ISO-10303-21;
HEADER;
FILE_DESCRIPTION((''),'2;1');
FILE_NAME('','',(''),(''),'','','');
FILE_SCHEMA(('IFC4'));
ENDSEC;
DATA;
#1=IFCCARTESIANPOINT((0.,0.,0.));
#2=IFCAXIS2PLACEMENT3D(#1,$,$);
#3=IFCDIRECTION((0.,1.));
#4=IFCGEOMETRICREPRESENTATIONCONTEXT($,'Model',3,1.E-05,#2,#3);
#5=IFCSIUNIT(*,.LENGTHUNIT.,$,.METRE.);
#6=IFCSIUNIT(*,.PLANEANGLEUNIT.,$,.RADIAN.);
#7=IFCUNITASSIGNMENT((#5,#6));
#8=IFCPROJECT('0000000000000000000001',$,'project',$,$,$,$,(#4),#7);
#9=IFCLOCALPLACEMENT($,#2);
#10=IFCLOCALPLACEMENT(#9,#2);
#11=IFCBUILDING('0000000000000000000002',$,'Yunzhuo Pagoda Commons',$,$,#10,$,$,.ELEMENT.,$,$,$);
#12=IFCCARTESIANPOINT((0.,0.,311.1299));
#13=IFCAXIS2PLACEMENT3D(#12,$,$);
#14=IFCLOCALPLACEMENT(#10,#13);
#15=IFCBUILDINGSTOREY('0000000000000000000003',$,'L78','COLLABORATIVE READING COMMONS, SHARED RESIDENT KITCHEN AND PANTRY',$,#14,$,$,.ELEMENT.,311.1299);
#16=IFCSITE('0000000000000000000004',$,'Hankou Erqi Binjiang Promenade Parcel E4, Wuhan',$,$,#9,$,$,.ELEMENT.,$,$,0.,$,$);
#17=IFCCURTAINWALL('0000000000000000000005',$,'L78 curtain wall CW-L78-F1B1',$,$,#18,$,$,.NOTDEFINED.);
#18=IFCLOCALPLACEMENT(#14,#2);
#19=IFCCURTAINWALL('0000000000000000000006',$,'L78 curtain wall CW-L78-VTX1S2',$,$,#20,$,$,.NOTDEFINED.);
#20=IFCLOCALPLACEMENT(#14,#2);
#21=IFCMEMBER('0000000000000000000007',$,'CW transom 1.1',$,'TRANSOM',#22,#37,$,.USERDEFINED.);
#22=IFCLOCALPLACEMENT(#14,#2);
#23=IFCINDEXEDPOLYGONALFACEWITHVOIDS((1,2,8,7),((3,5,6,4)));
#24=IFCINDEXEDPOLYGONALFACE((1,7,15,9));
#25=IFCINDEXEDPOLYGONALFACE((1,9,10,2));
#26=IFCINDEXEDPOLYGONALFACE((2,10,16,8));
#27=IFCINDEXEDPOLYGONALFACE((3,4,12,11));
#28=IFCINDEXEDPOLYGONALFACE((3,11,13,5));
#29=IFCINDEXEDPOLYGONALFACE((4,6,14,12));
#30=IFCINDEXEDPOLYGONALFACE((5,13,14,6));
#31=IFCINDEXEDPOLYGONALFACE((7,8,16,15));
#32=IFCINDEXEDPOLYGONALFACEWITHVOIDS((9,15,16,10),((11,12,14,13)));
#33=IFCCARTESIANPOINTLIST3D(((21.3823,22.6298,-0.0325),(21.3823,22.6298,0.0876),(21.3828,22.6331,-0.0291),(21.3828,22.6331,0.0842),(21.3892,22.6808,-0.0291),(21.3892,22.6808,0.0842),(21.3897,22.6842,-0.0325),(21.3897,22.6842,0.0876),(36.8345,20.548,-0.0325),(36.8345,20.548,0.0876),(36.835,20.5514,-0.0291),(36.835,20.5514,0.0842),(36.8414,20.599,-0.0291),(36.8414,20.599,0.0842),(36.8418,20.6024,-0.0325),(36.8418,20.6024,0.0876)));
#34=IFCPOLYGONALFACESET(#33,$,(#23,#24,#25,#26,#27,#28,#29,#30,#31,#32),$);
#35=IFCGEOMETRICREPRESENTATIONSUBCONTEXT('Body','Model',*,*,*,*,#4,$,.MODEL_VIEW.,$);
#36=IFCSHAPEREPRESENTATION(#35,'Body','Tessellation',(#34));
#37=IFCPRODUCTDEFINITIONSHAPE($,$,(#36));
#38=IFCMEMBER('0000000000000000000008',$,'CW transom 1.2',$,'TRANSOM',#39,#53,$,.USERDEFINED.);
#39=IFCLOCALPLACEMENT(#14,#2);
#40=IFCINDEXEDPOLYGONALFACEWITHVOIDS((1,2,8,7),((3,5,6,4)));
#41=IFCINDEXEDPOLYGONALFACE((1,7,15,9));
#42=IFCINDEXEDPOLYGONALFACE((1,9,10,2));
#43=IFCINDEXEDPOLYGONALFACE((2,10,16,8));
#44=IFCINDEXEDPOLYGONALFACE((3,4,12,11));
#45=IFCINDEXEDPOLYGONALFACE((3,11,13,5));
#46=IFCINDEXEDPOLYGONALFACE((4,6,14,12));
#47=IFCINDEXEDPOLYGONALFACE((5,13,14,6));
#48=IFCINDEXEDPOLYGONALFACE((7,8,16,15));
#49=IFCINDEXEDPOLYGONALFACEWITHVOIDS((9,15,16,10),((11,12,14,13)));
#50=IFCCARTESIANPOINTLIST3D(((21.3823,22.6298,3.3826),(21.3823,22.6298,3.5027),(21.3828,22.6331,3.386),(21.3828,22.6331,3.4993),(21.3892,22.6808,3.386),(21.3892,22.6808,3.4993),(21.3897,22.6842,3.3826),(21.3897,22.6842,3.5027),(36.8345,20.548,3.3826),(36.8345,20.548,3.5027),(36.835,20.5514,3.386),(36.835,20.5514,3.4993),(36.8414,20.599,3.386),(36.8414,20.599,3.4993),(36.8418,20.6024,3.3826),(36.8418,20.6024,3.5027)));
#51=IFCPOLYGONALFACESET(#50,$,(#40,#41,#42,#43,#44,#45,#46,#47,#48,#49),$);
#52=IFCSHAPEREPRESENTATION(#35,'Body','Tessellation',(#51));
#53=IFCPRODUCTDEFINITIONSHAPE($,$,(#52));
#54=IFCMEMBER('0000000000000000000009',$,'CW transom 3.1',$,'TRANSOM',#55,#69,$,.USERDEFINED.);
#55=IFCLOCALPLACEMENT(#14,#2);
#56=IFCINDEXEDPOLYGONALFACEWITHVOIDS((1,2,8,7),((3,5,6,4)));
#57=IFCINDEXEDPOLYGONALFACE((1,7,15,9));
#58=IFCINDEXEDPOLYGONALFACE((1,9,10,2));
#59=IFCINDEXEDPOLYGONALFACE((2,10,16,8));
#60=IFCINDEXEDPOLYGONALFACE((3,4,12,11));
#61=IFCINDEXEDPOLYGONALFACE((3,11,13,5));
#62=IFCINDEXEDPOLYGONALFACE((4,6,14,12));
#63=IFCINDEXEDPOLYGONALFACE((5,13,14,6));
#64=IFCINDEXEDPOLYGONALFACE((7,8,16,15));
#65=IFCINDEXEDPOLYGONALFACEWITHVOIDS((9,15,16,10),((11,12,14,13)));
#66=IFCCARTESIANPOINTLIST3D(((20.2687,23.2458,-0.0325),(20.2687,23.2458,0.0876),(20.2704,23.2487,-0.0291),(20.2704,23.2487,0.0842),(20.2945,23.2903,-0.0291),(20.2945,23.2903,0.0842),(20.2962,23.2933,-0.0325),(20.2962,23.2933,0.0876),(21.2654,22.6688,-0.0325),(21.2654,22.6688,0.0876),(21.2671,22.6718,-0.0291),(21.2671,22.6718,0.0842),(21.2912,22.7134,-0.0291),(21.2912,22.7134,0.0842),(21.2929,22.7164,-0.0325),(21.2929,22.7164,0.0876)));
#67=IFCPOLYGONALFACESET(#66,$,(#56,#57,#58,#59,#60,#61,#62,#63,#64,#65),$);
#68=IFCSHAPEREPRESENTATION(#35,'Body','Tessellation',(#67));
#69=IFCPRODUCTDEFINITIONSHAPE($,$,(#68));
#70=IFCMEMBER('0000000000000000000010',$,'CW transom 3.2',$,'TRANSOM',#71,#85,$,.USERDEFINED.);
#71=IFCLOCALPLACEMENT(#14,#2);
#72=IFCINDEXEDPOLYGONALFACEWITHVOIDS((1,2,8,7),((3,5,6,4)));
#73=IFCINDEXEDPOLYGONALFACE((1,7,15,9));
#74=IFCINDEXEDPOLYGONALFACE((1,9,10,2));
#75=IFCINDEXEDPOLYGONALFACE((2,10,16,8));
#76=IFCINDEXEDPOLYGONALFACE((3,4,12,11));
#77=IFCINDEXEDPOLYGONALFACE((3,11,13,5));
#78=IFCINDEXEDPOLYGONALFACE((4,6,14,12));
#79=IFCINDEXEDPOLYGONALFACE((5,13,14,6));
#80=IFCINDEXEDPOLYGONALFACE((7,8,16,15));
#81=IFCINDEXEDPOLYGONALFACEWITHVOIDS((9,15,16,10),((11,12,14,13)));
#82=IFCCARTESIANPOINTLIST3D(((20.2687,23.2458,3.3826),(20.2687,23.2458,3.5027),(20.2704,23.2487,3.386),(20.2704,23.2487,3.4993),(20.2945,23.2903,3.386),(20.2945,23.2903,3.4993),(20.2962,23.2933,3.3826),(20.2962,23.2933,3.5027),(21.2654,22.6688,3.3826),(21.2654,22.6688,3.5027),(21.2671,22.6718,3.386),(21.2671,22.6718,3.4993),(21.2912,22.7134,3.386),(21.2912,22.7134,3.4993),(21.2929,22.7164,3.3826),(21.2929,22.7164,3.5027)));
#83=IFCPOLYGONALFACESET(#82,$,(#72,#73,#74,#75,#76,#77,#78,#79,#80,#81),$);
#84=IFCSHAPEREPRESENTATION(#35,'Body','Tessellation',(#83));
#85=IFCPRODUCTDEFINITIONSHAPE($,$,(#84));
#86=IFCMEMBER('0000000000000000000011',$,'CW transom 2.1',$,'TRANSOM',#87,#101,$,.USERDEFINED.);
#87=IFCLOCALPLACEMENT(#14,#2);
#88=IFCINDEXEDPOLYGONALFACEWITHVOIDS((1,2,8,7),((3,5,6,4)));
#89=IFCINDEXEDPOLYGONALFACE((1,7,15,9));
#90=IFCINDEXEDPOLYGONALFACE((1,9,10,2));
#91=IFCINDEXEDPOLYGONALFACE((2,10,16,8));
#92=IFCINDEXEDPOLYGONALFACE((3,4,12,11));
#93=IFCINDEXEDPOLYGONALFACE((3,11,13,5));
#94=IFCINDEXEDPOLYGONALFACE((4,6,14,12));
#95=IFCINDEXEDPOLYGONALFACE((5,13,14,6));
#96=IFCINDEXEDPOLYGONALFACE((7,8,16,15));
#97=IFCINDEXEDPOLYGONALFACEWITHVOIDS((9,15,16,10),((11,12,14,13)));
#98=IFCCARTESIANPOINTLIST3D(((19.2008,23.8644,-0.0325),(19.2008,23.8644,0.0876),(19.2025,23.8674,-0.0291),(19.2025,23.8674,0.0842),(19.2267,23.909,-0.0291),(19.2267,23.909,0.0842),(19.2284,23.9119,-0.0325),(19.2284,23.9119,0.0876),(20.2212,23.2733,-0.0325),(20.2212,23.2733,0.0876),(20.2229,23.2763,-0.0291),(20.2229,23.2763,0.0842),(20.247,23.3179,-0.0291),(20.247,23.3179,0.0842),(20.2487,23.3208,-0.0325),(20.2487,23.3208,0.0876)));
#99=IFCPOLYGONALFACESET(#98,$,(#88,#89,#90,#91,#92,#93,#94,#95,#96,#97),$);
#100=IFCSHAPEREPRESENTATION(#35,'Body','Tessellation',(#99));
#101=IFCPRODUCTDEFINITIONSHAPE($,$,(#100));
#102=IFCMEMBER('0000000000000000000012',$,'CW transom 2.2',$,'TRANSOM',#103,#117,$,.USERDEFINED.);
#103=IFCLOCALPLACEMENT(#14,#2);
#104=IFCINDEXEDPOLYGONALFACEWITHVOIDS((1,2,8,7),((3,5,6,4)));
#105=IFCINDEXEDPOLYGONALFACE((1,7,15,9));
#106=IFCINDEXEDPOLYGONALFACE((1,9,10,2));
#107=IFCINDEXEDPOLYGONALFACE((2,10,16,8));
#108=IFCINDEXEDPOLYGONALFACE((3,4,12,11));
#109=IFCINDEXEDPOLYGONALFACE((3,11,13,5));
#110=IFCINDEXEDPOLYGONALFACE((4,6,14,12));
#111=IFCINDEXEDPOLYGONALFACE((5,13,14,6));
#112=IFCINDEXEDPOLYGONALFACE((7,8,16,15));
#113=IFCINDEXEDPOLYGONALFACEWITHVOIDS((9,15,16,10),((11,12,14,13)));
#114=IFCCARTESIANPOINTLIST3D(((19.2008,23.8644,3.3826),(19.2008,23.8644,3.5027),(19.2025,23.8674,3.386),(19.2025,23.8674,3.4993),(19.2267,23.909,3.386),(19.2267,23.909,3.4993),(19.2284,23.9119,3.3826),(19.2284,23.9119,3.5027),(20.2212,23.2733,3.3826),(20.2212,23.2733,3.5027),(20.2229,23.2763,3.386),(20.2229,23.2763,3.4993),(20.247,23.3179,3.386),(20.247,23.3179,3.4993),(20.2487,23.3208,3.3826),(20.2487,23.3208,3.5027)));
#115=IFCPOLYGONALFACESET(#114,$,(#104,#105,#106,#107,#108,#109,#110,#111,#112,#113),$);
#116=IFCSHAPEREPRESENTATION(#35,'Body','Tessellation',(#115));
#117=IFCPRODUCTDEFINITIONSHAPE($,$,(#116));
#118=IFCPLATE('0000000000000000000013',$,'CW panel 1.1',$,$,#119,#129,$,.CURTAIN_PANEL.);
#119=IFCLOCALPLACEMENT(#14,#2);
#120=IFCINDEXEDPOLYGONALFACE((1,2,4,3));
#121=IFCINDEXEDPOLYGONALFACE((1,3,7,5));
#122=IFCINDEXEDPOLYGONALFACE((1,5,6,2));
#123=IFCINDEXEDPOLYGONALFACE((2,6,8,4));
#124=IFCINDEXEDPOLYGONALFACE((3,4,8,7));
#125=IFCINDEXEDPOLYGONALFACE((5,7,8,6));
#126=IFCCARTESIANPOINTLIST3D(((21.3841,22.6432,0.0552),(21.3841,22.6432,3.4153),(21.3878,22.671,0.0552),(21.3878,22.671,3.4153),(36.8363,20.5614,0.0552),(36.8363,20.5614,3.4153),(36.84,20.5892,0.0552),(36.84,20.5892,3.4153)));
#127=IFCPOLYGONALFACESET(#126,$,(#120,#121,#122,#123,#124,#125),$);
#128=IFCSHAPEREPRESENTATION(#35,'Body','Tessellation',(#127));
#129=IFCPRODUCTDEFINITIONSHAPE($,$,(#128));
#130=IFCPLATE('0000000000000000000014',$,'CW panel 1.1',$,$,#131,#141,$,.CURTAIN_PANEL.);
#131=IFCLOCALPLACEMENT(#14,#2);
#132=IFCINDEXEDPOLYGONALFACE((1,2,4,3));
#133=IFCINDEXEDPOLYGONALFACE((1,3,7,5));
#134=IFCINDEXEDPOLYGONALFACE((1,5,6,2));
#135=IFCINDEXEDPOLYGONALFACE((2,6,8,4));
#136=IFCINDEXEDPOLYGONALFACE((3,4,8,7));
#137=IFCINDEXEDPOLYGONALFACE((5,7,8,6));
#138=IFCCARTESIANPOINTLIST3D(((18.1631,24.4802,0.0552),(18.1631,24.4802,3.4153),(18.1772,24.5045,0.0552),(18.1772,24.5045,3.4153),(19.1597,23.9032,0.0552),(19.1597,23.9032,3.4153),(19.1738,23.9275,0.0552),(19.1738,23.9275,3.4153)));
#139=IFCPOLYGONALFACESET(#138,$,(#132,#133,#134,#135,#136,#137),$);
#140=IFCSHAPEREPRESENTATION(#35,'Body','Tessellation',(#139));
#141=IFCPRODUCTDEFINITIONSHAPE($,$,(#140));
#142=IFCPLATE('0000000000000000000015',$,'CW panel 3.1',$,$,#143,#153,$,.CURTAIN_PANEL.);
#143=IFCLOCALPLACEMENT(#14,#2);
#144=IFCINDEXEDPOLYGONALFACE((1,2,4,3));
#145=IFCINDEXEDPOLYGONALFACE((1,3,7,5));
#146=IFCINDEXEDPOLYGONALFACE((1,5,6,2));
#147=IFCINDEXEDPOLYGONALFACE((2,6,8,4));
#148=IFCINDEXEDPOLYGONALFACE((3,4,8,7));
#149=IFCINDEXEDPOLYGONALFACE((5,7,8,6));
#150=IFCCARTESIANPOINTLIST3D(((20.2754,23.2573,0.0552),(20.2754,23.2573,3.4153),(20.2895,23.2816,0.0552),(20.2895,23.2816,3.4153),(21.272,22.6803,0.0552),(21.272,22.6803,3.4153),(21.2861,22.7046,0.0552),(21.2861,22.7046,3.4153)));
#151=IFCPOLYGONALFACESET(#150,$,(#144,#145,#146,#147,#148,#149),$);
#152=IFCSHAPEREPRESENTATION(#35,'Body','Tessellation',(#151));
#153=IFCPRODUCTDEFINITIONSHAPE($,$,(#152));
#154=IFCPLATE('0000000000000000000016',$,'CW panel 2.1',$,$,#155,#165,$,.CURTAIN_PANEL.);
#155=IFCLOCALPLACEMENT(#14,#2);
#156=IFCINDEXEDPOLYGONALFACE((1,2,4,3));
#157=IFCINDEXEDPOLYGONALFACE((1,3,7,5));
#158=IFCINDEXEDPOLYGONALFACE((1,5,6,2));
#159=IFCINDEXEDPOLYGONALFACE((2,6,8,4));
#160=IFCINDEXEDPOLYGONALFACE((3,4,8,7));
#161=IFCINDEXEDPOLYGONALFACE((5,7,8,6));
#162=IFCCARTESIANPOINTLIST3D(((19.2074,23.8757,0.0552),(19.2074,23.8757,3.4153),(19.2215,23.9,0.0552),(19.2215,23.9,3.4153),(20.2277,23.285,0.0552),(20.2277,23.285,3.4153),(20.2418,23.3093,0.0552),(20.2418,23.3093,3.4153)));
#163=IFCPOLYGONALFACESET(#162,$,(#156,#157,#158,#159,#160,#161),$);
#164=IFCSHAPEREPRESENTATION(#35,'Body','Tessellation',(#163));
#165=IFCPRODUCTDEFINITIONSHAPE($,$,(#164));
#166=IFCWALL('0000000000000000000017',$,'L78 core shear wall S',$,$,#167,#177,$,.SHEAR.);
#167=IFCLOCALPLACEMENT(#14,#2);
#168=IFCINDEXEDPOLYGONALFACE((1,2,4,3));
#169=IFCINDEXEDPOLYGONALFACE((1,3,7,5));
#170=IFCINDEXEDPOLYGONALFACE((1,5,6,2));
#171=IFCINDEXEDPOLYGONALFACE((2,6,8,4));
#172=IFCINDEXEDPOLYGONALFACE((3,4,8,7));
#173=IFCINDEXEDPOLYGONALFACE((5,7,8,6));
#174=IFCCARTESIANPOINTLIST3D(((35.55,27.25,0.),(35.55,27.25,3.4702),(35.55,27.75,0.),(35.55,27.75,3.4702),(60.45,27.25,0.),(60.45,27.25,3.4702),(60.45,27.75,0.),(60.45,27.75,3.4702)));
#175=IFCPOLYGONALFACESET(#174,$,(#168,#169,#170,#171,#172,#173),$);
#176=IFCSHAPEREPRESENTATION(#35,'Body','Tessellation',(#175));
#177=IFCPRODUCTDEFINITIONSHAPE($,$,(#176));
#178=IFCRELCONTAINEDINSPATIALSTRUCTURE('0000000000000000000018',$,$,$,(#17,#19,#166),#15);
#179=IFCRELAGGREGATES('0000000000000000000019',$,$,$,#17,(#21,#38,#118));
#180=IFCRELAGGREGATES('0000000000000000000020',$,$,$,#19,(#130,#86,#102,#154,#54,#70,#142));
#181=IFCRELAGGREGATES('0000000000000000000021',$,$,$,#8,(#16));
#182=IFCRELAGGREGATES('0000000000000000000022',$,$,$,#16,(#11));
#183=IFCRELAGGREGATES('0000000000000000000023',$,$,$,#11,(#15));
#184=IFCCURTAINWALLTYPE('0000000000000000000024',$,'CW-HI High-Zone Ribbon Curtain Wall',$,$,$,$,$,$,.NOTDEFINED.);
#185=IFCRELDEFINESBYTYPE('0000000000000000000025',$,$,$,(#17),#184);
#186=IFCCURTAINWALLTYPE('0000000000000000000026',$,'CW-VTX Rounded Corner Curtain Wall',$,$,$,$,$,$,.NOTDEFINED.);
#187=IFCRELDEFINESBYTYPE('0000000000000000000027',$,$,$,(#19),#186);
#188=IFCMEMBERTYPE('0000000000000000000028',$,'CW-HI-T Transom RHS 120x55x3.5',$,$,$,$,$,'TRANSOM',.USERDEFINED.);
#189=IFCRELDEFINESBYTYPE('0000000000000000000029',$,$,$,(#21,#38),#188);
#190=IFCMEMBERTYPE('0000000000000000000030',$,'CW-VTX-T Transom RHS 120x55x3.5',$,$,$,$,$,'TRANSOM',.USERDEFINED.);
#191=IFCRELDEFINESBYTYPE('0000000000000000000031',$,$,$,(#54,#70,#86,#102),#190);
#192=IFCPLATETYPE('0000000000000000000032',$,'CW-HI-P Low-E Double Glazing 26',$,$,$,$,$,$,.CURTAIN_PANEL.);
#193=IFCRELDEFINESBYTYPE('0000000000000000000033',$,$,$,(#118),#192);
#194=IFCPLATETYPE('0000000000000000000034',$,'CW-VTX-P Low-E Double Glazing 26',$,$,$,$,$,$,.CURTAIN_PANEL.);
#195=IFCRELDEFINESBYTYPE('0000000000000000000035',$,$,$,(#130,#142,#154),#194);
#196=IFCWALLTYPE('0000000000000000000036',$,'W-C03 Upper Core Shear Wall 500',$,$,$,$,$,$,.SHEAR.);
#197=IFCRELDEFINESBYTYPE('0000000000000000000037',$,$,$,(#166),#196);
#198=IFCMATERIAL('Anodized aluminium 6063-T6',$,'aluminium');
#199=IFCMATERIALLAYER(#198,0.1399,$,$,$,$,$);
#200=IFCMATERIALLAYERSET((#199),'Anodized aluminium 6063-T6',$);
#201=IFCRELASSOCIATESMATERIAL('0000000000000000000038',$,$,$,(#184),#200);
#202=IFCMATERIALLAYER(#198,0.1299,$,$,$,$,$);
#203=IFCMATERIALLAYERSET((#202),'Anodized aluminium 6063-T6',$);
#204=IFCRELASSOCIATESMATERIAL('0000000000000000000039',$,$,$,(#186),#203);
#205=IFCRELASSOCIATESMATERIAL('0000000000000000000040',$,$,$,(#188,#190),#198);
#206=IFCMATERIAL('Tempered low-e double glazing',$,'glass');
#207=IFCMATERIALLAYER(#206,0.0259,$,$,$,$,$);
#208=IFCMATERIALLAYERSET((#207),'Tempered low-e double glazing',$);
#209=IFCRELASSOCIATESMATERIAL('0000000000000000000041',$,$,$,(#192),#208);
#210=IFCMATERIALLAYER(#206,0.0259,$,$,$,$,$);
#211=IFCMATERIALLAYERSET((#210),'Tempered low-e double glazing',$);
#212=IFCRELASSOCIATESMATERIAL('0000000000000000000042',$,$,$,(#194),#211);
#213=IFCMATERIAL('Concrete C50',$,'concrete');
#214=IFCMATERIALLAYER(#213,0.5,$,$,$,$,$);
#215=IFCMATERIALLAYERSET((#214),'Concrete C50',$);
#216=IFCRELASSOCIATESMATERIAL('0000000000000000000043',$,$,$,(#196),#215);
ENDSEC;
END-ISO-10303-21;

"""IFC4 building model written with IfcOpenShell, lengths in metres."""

from ifc_helpers import new_model, si_unit, direction, frame, frame_2d, origin, origin_2d, place, context, subcontext, project, spatial, rectangle, hollow_rectangle, extrude, source, transform, mapped, material, layer, layer_set, material_profile, profile_set, type_object, element, aggregate, save


model = new_model("IFC4")

# Units and contexts
model_context = context("Model", 3, precision=1e-05, world=origin(), true_north=direction((0.0, 1.0)))
body_context = subcontext(model_context, "Body", "Model", "MODEL_VIEW")
ifc_project = project(units=[si_unit("LENGTHUNIT", "METRE"), si_unit("PLANEANGLEUNIT", "RADIAN")], contexts=[model_context])

# Site, building, storey
site_placement = place(None, origin())
site = spatial("IfcSite", under=ifc_project, at=site_placement, Name="Hankou Erqi Binjiang Promenade Parcel E4, Wuhan", CompositionType="ELEMENT", RefElevation=0.0)
building_placement = place(site_placement, origin())
building = spatial("IfcBuilding", under=site, at=building_placement, Name="Yunzhuo Pagoda Commons", CompositionType="ELEMENT")
storey_placement = place(building_placement, frame((0.0, 0.0, 311.1299)))
storey = spatial("IfcBuildingStorey", under=building, at=storey_placement, Name="L78", Description="COLLABORATIVE READING COMMONS, SHARED RESIDENT KITCHEN AND PANTRY", CompositionType="ELEMENT", Elevation=311.1299)

# Curtain wall
ifc_material_1 = material(Name="Anodized aluminium 6063-T6", Category="aluminium")
ifc_layer_1 = layer(ifc_material_1, 0.1399)
ifc_layer_set_1 = layer_set([ifc_layer_1], Name="Anodized aluminium 6063-T6")
curtain_wall_type_1 = type_object("IfcCurtainWallType", Name="CW-HI High-Zone Ribbon Curtain Wall", PredefinedType="NOTDEFINED", material=ifc_layer_set_1)
curtain_wall_1_placement = place(storey_placement, origin())
curtain_wall_1 = element("IfcCurtainWall", 1, at=curtain_wall_1_placement, inside=storey, type_object=curtain_wall_type_1, Name="L78 curtain wall CW-L78-F1B1", PredefinedType="NOTDEFINED")

# Curtain wall
ifc_layer_2 = layer(ifc_material_1, 0.1299)
ifc_layer_set_2 = layer_set([ifc_layer_2], Name="Anodized aluminium 6063-T6")
curtain_wall_type_2 = type_object("IfcCurtainWallType", Name="CW-VTX Rounded Corner Curtain Wall", PredefinedType="NOTDEFINED", material=ifc_layer_set_2)
curtain_wall_2_placement = place(storey_placement, origin())
curtain_wall_2 = element("IfcCurtainWall", 2, at=curtain_wall_2_placement, inside=storey, type_object=curtain_wall_type_2, Name="L78 curtain wall CW-L78-VTX1S2", PredefinedType="NOTDEFINED")

# Members
ifc_material_profile_1 = material_profile(ifc_material_1, hollow_rectangle(XDim=0.0549, YDim=0.1201, WallThickness=0.0034, at=origin_2d()), Name="Anodized aluminium 6063-T6")
ifc_profile_set_1 = profile_set([ifc_material_profile_1], Name="Anodized aluminium 6063-T6")
member_type_1 = type_object("IfcMemberType", Name="CW-HI-T Transom RHS 120x55x3.5", ElementType="TRANSOM", PredefinedType="USERDEFINED", material=ifc_profile_set_1)
shared_shape_1 = source(origin(), body_context, "Body", "SweptSolid", [
    extrude(hollow_rectangle(XDim=0.0549, YDim=0.1201, WallThickness=0.0034, at=origin_2d()), origin(), (0.0, 0.0, 1.0), 15.5918),
])
member_1_placement = place(storey_placement, frame((21.386, 22.657, 0.0276), z_axis=(0.991046, -0.133518, 0.0), x_axis=(0.133518, 0.991046, 0.0)))
member_1 = element("IfcMember", 3, at=member_1_placement, type_object=member_type_1, Name="CW transom 1.1", ObjectType="TRANSOM", PredefinedType="USERDEFINED", context=body_context, shape_type="MappedRepresentation", body=[
    mapped(shared_shape_1, transform((0.0, 0.0, 0.0), scale=1.0)),
])
member_2_placement = place(storey_placement, frame((21.386, 22.657, 3.4426), z_axis=(0.991046, -0.133518, 0.0), x_axis=(0.133518, 0.991046, 0.0)))
member_2 = element("IfcMember", 4, at=member_2_placement, type_object=member_type_1, Name="CW transom 1.2", ObjectType="TRANSOM", PredefinedType="USERDEFINED", context=body_context, shape_type="MappedRepresentation", body=[
    mapped(shared_shape_1, transform((0.0, 0.0, 0.0), scale=1.0)),
])
ifc_material_profile_2 = material_profile(ifc_material_1, hollow_rectangle(XDim=0.0549, YDim=0.1201, WallThickness=0.0034, at=origin_2d()), Name="Anodized aluminium 6063-T6")
ifc_profile_set_2 = profile_set([ifc_material_profile_2], Name="Anodized aluminium 6063-T6")
member_type_2 = type_object("IfcMemberType", Name="CW-VTX-T Transom RHS 120x55x3.5", ElementType="TRANSOM", PredefinedType="USERDEFINED", material=ifc_profile_set_2)
shared_shape_2 = source(origin(), body_context, "Body", "SweptSolid", [
    extrude(hollow_rectangle(XDim=0.0549, YDim=0.1201, WallThickness=0.0034, at=origin_2d()), origin(), (0.0, 0.0, 1.0), 1.1516),
])
member_3_placement = place(storey_placement, frame((20.2825, 23.2695, 0.0276), z_axis=(0.86545, -0.500994, 0.0), x_axis=(0.500994, 0.86545, 0.0)))
member_3 = element("IfcMember", 5, at=member_3_placement, type_object=member_type_2, Name="CW transom 3.1", ObjectType="TRANSOM", PredefinedType="USERDEFINED", context=body_context, shape_type="MappedRepresentation", body=[
    mapped(shared_shape_2, transform((0.0, 0.0, 0.0), scale=1.0)),
])
member_4_placement = place(storey_placement, frame((20.2825, 23.2695, 3.4426), z_axis=(0.86545, -0.500994, 0.0), x_axis=(0.500994, 0.86545, 0.0)))
member_4 = element("IfcMember", 6, at=member_4_placement, type_object=member_type_2, Name="CW transom 3.2", ObjectType="TRANSOM", PredefinedType="USERDEFINED", context=body_context, shape_type="MappedRepresentation", body=[
    mapped(shared_shape_2, transform((0.0, 0.0, 0.0), scale=1.0)),
])
shared_shape_3 = source(origin(), body_context, "Body", "SweptSolid", [
    extrude(hollow_rectangle(XDim=0.0549, YDim=0.1201, WallThickness=0.0034, at=origin_2d()), origin(), (0.0, 0.0, 1.0), 1.1792),
])
member_5_placement = place(storey_placement, frame((19.2146, 23.8882, 0.0276), z_axis=(0.865284, -0.501281, 0.0), x_axis=(0.501281, 0.865284, 0.0)))
member_5 = element("IfcMember", 7, at=member_5_placement, type_object=member_type_2, Name="CW transom 2.1", ObjectType="TRANSOM", PredefinedType="USERDEFINED", context=body_context, shape_type="MappedRepresentation", body=[
    mapped(shared_shape_3, transform((0.0, 0.0, 0.0), scale=1.0)),
])
member_6_placement = place(storey_placement, frame((19.2146, 23.8882, 3.4426), z_axis=(0.865284, -0.501281, 0.0), x_axis=(0.501281, 0.865284, 0.0)))
member_6 = element("IfcMember", 8, at=member_6_placement, type_object=member_type_2, Name="CW transom 2.2", ObjectType="TRANSOM", PredefinedType="USERDEFINED", context=body_context, shape_type="MappedRepresentation", body=[
    mapped(shared_shape_3, transform((0.0, 0.0, 0.0), scale=1.0)),
])

# Plates
ifc_material_2 = material(Name="Tempered low-e double glazing", Category="glass")
ifc_layer_3 = layer(ifc_material_2, 0.0259)
ifc_layer_set_3 = layer_set([ifc_layer_3], Name="Tempered low-e double glazing")
plate_type_1 = type_object("IfcPlateType", Name="CW-HI-P Low-E Double Glazing 26", PredefinedType="CURTAIN_PANEL", material=ifc_layer_set_3)
shared_shape_4 = source(origin(), body_context, "Body", "SweptSolid", [
    extrude(rectangle(XDim=15.5918, YDim=0.0281, at=origin_2d()), origin(), (0.0, 0.0, 1.0), 3.3601),
])
plate_1_placement = place(storey_placement, frame((29.1121, 21.6162, 0.0552), z_axis=(0.0, 0.0, 1.0), x_axis=(0.991046, -0.133519, 0.0)))
plate_1 = element("IfcPlate", 9, at=plate_1_placement, type_object=plate_type_1, Name="CW panel 1.1", PredefinedType="CURTAIN_PANEL", context=body_context, shape_type="MappedRepresentation", body=[
    mapped(shared_shape_4, transform((0.0, 0.0, 0.0), scale=1.0)),
])
aggregate(curtain_wall_1, [member_1, member_2, plate_1])
ifc_layer_4 = layer(ifc_material_2, 0.0259)
ifc_layer_set_4 = layer_set([ifc_layer_4], Name="Tempered low-e double glazing")
plate_type_2 = type_object("IfcPlateType", Name="CW-VTX-P Low-E Double Glazing 26", PredefinedType="CURTAIN_PANEL", material=ifc_layer_set_4)
shared_shape_5 = source(origin(), body_context, "Body", "SweptSolid", [
    extrude(rectangle(XDim=1.1516, YDim=0.0281, at=origin_2d()), origin(), (0.0, 0.0, 1.0), 3.3601),
])
plate_2_placement = place(storey_placement, frame((18.6685, 24.2039, 0.0552), z_axis=(0.0, 0.0, 1.0), x_axis=(0.865432, -0.501027, 0.0)))
plate_2 = element("IfcPlate", 10, at=plate_2_placement, type_object=plate_type_2, Name="CW panel 1.1", PredefinedType="CURTAIN_PANEL", context=body_context, shape_type="MappedRepresentation", body=[
    mapped(shared_shape_5, transform((0.0, 0.0, 0.0), scale=1.0)),
])
plate_3_placement = place(storey_placement, frame((20.7808, 22.981, 0.0552), z_axis=(0.0, 0.0, 1.0), x_axis=(0.865432, -0.501027, 0.0)))
plate_3 = element("IfcPlate", 11, at=plate_3_placement, type_object=plate_type_2, Name="CW panel 3.1", PredefinedType="CURTAIN_PANEL", context=body_context, shape_type="MappedRepresentation", body=[
    mapped(shared_shape_5, transform((0.0, 0.0, 0.0), scale=1.0)),
])
shared_shape_6 = source(origin(), body_context, "Body", "SweptSolid", [
    extrude(rectangle(XDim=1.179, YDim=0.0281, at=origin_2d()), origin(), (0.0, 0.0, 1.0), 3.3601),
])
plate_4_placement = place(storey_placement, frame((19.7246, 23.5925, 0.0552), z_axis=(0.0, 0.0, 1.0), x_axis=(0.865432, -0.501027, 0.0)))
plate_4 = element("IfcPlate", 12, at=plate_4_placement, type_object=plate_type_2, Name="CW panel 2.1", PredefinedType="CURTAIN_PANEL", context=body_context, shape_type="MappedRepresentation", body=[
    mapped(shared_shape_6, transform((0.0, 0.0, 0.0), scale=1.0)),
])
aggregate(curtain_wall_2, [plate_2, member_5, member_6, plate_4, member_3, member_4, plate_3])

# Wall
ifc_material_3 = material(Name="Concrete C50", Category="concrete")
ifc_layer_5 = layer(ifc_material_3, 0.5)
ifc_layer_set_5 = layer_set([ifc_layer_5], Name="Concrete C50")
wall_type_1 = type_object("IfcWallType", Name="W-C03 Upper Core Shear Wall 500", PredefinedType="SHEAR", material=ifc_layer_set_5)
wall_1_placement = place(storey_placement, frame((35.55, 27.5, 0.0), z_axis=(0.0, 0.0, 1.0), x_axis=(1.0, 0.0, 0.0)))
element("IfcWall", 13, at=wall_1_placement, inside=storey, type_object=wall_type_1, Name="L78 core shear wall S", PredefinedType="SHEAR", context=body_context, shape_type="SweptSolid", body=[
    extrude(rectangle(XDim=24.8999, YDim=0.5, at=frame_2d((12.45, 0.0))), origin(), (0.0, 0.0, 1.0), 3.4702),
])

save(model, "model.ifc")
